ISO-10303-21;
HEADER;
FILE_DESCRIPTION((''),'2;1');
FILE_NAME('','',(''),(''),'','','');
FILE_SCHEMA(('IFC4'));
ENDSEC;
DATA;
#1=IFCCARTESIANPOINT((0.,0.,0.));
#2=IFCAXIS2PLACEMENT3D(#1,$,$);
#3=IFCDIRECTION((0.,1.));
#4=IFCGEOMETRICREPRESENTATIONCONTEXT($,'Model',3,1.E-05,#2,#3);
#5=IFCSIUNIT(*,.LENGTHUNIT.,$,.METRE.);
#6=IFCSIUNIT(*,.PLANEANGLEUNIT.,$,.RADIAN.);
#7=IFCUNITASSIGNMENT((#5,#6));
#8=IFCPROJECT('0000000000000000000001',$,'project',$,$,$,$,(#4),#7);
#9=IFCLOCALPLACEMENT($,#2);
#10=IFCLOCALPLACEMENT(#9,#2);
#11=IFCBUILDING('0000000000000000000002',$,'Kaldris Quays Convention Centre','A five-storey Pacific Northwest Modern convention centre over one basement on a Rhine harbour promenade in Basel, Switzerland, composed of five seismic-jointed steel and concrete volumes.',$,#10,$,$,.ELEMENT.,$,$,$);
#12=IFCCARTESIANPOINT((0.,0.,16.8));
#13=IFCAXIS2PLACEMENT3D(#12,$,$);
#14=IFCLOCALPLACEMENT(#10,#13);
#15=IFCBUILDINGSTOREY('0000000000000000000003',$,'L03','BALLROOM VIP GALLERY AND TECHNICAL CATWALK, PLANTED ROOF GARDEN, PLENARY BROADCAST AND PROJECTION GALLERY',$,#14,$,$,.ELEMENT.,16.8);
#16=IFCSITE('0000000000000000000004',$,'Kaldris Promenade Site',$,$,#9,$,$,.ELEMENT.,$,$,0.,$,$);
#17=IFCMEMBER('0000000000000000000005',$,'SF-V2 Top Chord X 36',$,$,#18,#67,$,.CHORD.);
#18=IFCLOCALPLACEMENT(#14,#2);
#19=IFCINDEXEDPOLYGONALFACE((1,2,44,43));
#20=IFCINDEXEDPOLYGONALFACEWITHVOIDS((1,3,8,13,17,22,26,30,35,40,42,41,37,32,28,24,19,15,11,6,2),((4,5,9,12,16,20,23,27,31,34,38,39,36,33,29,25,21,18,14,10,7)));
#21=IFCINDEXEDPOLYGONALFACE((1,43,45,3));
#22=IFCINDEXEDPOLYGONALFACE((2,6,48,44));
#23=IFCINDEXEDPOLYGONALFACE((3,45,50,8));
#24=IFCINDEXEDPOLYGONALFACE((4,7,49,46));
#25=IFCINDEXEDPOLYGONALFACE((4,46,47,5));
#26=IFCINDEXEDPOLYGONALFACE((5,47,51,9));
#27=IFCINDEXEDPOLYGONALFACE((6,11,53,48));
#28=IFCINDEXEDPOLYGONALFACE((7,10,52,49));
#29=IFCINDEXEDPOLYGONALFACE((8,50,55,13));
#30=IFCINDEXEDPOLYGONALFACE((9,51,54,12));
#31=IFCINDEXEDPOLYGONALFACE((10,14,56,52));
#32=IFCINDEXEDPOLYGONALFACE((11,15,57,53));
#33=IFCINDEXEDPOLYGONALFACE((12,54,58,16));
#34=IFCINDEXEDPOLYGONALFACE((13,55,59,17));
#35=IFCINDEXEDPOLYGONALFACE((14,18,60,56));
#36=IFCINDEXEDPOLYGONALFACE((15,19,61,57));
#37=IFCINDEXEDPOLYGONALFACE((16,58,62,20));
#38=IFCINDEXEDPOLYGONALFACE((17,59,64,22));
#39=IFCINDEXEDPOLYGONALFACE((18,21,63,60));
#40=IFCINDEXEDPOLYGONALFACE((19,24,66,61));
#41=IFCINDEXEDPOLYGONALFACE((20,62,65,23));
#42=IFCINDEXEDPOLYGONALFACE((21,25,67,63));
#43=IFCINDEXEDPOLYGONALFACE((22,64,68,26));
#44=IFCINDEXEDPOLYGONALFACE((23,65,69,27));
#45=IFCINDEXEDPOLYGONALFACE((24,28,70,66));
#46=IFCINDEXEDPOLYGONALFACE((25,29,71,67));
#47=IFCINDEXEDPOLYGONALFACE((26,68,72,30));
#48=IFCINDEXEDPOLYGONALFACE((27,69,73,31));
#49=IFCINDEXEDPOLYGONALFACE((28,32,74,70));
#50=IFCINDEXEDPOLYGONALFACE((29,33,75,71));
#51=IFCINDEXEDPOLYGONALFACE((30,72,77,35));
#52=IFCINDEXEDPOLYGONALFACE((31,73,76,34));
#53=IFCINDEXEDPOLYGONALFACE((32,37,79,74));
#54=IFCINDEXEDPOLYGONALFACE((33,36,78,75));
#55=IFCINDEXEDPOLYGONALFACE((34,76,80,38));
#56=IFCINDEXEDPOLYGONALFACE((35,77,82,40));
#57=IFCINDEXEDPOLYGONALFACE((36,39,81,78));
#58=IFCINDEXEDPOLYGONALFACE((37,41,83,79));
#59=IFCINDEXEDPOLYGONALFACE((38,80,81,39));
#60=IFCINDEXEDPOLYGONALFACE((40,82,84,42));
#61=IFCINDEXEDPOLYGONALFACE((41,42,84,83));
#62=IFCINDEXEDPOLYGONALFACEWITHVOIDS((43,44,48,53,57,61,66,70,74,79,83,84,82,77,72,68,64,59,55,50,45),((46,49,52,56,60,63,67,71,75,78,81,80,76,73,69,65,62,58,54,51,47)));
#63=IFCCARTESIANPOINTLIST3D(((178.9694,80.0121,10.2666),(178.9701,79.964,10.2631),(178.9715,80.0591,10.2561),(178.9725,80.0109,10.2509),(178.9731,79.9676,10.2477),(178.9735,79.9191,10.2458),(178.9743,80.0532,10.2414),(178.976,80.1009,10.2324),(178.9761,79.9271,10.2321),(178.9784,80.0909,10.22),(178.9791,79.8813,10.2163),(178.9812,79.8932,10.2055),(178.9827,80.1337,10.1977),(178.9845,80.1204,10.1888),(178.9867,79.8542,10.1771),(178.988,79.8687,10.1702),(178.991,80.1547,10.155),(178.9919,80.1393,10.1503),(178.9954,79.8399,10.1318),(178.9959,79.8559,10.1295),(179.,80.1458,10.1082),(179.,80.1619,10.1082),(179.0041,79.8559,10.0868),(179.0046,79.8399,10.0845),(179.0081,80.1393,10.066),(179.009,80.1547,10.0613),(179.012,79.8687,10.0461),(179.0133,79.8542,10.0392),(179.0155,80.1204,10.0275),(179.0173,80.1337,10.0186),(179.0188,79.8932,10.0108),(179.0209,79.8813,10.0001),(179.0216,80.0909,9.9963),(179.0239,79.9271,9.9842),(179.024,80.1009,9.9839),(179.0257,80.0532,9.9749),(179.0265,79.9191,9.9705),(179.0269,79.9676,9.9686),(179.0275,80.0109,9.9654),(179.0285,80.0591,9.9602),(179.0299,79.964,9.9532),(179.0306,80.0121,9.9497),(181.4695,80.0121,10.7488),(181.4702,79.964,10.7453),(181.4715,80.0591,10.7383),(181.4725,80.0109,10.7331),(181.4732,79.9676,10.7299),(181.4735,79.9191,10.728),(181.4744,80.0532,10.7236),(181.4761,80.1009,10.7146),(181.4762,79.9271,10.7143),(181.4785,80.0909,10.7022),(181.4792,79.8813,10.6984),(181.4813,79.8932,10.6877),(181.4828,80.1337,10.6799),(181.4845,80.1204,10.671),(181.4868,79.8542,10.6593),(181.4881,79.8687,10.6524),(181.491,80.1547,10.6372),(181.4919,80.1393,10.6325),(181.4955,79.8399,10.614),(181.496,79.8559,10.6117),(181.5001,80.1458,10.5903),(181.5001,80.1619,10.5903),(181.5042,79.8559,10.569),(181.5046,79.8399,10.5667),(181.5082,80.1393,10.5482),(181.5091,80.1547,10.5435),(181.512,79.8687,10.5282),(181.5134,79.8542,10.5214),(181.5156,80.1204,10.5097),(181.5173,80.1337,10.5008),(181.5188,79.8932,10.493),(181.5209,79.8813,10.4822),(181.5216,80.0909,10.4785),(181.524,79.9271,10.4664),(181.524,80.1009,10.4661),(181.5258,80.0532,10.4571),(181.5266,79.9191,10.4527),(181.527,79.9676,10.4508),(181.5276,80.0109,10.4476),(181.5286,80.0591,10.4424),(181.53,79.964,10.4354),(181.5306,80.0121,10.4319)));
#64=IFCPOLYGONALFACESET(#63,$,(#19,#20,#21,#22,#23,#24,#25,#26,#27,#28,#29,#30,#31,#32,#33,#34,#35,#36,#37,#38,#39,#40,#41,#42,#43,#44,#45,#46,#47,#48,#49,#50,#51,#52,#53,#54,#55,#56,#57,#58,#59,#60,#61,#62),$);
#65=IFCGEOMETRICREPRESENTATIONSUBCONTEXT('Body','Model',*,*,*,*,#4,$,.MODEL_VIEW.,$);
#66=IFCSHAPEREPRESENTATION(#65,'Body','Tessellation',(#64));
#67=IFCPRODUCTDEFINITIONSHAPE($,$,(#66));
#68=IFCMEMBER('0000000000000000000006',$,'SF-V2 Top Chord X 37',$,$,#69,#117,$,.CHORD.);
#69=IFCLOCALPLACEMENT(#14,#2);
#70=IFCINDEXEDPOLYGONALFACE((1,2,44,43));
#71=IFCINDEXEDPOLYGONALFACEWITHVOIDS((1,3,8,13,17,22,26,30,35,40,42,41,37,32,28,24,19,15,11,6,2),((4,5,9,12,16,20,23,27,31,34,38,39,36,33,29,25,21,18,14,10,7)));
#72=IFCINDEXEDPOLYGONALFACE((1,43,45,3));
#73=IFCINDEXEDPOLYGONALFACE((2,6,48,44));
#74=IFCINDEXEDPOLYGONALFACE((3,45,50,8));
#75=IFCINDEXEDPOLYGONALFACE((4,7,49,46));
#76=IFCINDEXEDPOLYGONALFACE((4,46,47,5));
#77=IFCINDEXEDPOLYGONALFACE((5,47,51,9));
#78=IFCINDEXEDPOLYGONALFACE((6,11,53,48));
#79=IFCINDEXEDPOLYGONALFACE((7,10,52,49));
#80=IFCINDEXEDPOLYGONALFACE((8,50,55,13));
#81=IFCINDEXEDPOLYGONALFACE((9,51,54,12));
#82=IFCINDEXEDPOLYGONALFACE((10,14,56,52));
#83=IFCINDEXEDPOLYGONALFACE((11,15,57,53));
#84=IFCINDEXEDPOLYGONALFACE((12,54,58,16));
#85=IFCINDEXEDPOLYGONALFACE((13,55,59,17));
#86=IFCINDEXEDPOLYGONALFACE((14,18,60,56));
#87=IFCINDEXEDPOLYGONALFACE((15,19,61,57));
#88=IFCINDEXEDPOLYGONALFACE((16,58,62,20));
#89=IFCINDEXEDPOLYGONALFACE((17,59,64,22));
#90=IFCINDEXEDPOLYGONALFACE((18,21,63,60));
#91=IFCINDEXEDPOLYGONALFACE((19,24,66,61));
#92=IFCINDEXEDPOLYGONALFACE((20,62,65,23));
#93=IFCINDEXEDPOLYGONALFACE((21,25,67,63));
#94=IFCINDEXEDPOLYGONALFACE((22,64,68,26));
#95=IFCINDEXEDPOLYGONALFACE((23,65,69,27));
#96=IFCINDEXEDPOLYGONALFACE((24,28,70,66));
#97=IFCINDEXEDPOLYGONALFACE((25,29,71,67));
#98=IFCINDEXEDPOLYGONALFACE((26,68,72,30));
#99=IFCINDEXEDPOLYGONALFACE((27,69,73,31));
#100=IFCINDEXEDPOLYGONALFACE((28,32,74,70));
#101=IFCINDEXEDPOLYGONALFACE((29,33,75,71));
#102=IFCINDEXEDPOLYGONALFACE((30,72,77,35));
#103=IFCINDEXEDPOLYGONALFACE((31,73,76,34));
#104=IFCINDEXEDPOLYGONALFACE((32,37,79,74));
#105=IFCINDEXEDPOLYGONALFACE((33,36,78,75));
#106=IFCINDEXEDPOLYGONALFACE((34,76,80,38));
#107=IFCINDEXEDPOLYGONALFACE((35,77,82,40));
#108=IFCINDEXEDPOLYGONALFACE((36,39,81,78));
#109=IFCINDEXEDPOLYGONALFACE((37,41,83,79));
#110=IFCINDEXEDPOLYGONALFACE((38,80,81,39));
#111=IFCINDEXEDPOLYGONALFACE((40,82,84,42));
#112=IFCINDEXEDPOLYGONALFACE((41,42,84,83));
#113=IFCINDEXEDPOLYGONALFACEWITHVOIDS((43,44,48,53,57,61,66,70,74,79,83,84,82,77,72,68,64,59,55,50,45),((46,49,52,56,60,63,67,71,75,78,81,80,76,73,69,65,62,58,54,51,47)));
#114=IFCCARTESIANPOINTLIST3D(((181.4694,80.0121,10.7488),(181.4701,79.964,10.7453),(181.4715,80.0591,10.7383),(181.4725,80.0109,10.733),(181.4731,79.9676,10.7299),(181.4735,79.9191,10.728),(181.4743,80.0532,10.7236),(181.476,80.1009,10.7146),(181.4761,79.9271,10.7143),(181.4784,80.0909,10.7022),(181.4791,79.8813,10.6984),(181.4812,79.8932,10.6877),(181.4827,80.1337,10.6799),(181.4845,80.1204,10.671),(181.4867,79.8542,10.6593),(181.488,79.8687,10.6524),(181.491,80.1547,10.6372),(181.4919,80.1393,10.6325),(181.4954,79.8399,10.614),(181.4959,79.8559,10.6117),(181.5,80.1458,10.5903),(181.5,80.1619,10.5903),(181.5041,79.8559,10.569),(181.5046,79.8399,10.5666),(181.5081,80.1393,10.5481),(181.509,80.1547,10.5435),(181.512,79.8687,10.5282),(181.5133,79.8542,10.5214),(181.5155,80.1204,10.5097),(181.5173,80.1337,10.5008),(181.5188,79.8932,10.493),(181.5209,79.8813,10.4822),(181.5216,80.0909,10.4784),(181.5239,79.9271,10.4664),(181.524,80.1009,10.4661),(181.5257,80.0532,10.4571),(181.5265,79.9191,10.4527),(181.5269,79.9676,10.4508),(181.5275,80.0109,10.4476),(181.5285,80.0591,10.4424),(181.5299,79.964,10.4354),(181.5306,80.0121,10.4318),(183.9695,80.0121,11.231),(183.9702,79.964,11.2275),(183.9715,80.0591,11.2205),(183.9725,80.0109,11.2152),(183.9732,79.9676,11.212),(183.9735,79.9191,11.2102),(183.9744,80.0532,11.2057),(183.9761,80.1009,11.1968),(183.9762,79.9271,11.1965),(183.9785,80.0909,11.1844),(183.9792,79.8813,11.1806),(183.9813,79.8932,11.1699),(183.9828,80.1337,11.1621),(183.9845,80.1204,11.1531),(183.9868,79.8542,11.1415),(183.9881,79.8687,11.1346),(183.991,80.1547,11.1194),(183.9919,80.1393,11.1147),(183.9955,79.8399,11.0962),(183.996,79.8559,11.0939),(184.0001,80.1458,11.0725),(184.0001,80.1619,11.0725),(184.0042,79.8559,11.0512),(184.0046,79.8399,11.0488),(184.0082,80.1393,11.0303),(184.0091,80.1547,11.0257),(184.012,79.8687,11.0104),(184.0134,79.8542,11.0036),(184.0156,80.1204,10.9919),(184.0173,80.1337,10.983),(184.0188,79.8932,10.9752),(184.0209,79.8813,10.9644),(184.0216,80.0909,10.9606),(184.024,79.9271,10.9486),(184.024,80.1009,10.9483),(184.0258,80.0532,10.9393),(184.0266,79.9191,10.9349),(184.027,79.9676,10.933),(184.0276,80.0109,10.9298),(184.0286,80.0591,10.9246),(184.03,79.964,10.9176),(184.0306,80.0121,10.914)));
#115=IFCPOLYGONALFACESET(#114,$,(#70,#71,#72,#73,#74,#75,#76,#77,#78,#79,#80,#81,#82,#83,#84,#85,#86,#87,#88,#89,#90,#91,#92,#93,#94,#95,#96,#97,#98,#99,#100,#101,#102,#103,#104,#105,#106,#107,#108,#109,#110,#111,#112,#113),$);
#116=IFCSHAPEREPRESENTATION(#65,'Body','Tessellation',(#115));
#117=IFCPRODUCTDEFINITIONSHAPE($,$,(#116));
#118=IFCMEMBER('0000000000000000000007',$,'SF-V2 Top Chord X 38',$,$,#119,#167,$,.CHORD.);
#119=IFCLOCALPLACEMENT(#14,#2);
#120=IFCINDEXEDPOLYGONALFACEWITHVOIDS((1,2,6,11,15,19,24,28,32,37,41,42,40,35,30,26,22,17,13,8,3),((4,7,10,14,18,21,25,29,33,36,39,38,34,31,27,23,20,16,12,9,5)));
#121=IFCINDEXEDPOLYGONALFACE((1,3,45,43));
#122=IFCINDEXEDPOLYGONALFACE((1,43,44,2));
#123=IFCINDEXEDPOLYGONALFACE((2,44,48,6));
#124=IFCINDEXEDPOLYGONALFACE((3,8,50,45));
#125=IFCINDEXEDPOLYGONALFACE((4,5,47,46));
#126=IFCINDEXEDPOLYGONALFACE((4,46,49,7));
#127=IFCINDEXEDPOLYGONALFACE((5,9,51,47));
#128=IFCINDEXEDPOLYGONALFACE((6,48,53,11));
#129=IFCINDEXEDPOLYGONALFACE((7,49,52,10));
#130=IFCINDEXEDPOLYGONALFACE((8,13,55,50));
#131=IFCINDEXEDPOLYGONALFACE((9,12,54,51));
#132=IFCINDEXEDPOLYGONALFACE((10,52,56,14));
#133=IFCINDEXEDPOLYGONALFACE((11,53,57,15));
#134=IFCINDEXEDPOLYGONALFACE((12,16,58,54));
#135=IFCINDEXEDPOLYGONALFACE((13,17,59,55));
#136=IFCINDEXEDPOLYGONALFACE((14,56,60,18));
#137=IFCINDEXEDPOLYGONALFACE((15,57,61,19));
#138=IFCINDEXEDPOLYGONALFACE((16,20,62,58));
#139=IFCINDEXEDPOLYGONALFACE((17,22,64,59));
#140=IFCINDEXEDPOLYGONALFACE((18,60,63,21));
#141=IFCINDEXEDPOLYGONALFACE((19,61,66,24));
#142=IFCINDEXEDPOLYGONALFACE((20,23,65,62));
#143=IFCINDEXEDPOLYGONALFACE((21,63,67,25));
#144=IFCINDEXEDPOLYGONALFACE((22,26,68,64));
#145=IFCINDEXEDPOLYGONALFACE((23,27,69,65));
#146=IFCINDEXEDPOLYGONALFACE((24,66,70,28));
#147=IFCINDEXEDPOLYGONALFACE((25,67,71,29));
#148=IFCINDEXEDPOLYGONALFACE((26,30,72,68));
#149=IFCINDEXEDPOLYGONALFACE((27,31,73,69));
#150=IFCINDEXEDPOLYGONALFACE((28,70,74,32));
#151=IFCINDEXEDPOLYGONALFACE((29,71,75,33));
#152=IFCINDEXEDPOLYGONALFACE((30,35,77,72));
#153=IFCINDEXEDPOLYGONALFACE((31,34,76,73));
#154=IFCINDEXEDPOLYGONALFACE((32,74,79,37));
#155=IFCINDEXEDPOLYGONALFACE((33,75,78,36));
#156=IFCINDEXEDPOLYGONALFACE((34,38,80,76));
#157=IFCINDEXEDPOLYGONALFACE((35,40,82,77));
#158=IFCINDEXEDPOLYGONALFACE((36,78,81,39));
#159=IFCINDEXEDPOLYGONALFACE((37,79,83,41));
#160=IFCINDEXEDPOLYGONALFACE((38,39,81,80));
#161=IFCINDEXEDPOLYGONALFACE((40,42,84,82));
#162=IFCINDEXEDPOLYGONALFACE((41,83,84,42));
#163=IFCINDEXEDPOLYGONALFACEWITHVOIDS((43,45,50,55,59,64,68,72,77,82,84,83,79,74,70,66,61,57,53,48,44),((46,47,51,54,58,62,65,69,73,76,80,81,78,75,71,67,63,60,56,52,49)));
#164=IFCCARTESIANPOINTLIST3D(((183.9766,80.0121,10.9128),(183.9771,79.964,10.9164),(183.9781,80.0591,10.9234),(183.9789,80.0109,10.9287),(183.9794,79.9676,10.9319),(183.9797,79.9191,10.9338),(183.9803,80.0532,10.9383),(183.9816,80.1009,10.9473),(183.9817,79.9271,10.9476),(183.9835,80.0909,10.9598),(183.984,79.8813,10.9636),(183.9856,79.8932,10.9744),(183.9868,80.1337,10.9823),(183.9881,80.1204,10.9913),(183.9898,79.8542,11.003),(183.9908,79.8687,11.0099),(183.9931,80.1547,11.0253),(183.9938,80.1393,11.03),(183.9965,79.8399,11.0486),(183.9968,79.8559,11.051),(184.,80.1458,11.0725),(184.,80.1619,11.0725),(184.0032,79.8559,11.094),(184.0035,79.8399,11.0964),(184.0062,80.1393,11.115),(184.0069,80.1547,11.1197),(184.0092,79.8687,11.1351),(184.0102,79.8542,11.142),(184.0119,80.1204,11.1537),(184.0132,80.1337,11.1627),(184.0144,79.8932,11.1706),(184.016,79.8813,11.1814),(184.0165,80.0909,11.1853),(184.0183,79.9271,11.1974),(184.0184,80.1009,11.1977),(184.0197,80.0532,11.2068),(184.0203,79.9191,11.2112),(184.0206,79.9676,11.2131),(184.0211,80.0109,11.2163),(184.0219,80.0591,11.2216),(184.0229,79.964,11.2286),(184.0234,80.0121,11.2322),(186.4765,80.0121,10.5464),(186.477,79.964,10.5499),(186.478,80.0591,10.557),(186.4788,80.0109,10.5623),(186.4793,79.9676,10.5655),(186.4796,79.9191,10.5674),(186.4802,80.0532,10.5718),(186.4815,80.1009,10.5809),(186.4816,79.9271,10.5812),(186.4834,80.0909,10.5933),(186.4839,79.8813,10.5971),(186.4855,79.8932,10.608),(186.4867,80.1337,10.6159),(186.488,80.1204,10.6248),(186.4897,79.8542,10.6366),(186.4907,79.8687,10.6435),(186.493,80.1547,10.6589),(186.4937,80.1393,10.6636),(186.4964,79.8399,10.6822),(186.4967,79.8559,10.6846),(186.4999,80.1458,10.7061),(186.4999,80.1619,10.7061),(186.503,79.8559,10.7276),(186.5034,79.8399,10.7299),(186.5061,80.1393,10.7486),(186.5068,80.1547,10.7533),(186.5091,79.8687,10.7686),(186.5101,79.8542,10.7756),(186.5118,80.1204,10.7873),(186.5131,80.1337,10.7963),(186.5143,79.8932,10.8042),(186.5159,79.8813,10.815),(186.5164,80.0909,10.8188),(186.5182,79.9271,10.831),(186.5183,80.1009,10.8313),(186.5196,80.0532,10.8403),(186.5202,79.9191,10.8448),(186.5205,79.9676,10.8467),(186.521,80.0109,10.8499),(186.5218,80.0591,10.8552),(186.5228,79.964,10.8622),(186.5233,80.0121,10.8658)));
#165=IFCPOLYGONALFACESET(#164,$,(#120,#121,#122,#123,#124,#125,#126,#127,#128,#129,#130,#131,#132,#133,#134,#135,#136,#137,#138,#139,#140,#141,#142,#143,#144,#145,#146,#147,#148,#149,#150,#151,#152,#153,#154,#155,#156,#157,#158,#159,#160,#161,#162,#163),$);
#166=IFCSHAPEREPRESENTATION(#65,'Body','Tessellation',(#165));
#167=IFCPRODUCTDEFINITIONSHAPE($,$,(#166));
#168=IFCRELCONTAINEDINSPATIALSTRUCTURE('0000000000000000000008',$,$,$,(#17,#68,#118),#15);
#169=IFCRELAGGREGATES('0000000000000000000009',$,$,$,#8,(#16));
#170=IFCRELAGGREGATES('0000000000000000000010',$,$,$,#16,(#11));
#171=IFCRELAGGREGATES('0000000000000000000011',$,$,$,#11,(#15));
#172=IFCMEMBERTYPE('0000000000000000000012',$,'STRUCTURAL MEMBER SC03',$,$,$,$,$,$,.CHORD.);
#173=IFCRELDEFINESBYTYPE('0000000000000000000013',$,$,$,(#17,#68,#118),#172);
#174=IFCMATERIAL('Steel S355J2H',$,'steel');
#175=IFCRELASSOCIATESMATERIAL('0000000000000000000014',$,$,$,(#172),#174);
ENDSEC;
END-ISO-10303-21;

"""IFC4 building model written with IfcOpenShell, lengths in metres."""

from ifc_helpers import new_model, si_unit, direction, frame, origin, origin_2d, place, context, subcontext, project, spatial, hollow_circle, extrude, material, material_profile, profile_set, type_object, element, save


model = new_model("IFC4")

# Units and contexts
model_context = context("Model", 3, precision=1e-05, world=origin(), true_north=direction((0.0, 1.0)))
body_context = subcontext(model_context, "Body", "Model", "MODEL_VIEW")
ifc_project = project(units=[si_unit("LENGTHUNIT", "METRE"), si_unit("PLANEANGLEUNIT", "RADIAN")], contexts=[model_context])

# Site, building, storey
site_placement = place(None, origin())
site = spatial("IfcSite", under=ifc_project, at=site_placement, Name="Kaldris Promenade Site", CompositionType="ELEMENT", RefElevation=0.0)
building_placement = place(site_placement, origin())
building = spatial("IfcBuilding", under=site, at=building_placement, Name="Kaldris Quays Convention Centre", Description="A five-storey Pacific Northwest Modern convention centre over one basement on a Rhine harbour promenade in Basel, Switzerland, composed of five seismic-jointed steel and concrete volumes.", CompositionType="ELEMENT")
storey_placement = place(building_placement, frame((0.0, 0.0, 16.8)))
storey = spatial("IfcBuildingStorey", under=building, at=storey_placement, Name="L03", Description="BALLROOM VIP GALLERY AND TECHNICAL CATWALK, PLANTED ROOF GARDEN, PLENARY BROADCAST AND PROJECTION GALLERY", CompositionType="ELEMENT", Elevation=16.8)

# Members
ifc_material_1 = material(Name="Steel S355J2H", Category="steel")
ifc_material_profile_1 = material_profile(ifc_material_1, hollow_circle(Radius=0.1619, WallThickness=0.0161, at=origin_2d()), Name="CHS 323.9x16")
ifc_profile_set_1 = profile_set([ifc_material_profile_1], Name="Steel S355J2H")
member_type_1 = type_object("IfcMemberType", Name="STRUCTURAL MEMBER SC03", PredefinedType="CHORD", material=ifc_profile_set_1)
for number, where, z_axis, x_axis, name in (
    (1, (179.0, 80.0, 10.1082), (0.981904, 0.0, 0.189381), (0.0, 1.0, 0.0), "SF-V2 Top Chord X 36"),
    (2, (181.5, 80.0, 10.5903), (0.981904, 0.0, 0.189381), (0.0, 1.0, 0.0), "SF-V2 Top Chord X 37"),
):
    element("IfcMember", number, at=place(storey_placement, frame(where, z_axis=z_axis, x_axis=x_axis)), inside=storey, type_object=member_type_1, Name=name, PredefinedType="CHORD", context=body_context, shape_type="SweptSolid", body=[
        extrude(hollow_circle(Radius=0.1619, WallThickness=0.0161, at=origin_2d()), origin(), (0.0, 0.0, 1.0), 2.5461),
    ])
member_1_placement = place(storey_placement, frame((184.0, 80.0, 11.0725), z_axis=(0.989427, 0.0, -0.145032), x_axis=(0.0, 1.0, 0.0)))
element("IfcMember", 3, at=member_1_placement, inside=storey, type_object=member_type_1, Name="SF-V2 Top Chord X 38", PredefinedType="CHORD", context=body_context, shape_type="SweptSolid", body=[
    extrude(hollow_circle(Radius=0.1619, WallThickness=0.0161, at=origin_2d()), origin(), (0.0, 0.0, 1.0), 2.5266),
])

save(model, "model.ifc")
